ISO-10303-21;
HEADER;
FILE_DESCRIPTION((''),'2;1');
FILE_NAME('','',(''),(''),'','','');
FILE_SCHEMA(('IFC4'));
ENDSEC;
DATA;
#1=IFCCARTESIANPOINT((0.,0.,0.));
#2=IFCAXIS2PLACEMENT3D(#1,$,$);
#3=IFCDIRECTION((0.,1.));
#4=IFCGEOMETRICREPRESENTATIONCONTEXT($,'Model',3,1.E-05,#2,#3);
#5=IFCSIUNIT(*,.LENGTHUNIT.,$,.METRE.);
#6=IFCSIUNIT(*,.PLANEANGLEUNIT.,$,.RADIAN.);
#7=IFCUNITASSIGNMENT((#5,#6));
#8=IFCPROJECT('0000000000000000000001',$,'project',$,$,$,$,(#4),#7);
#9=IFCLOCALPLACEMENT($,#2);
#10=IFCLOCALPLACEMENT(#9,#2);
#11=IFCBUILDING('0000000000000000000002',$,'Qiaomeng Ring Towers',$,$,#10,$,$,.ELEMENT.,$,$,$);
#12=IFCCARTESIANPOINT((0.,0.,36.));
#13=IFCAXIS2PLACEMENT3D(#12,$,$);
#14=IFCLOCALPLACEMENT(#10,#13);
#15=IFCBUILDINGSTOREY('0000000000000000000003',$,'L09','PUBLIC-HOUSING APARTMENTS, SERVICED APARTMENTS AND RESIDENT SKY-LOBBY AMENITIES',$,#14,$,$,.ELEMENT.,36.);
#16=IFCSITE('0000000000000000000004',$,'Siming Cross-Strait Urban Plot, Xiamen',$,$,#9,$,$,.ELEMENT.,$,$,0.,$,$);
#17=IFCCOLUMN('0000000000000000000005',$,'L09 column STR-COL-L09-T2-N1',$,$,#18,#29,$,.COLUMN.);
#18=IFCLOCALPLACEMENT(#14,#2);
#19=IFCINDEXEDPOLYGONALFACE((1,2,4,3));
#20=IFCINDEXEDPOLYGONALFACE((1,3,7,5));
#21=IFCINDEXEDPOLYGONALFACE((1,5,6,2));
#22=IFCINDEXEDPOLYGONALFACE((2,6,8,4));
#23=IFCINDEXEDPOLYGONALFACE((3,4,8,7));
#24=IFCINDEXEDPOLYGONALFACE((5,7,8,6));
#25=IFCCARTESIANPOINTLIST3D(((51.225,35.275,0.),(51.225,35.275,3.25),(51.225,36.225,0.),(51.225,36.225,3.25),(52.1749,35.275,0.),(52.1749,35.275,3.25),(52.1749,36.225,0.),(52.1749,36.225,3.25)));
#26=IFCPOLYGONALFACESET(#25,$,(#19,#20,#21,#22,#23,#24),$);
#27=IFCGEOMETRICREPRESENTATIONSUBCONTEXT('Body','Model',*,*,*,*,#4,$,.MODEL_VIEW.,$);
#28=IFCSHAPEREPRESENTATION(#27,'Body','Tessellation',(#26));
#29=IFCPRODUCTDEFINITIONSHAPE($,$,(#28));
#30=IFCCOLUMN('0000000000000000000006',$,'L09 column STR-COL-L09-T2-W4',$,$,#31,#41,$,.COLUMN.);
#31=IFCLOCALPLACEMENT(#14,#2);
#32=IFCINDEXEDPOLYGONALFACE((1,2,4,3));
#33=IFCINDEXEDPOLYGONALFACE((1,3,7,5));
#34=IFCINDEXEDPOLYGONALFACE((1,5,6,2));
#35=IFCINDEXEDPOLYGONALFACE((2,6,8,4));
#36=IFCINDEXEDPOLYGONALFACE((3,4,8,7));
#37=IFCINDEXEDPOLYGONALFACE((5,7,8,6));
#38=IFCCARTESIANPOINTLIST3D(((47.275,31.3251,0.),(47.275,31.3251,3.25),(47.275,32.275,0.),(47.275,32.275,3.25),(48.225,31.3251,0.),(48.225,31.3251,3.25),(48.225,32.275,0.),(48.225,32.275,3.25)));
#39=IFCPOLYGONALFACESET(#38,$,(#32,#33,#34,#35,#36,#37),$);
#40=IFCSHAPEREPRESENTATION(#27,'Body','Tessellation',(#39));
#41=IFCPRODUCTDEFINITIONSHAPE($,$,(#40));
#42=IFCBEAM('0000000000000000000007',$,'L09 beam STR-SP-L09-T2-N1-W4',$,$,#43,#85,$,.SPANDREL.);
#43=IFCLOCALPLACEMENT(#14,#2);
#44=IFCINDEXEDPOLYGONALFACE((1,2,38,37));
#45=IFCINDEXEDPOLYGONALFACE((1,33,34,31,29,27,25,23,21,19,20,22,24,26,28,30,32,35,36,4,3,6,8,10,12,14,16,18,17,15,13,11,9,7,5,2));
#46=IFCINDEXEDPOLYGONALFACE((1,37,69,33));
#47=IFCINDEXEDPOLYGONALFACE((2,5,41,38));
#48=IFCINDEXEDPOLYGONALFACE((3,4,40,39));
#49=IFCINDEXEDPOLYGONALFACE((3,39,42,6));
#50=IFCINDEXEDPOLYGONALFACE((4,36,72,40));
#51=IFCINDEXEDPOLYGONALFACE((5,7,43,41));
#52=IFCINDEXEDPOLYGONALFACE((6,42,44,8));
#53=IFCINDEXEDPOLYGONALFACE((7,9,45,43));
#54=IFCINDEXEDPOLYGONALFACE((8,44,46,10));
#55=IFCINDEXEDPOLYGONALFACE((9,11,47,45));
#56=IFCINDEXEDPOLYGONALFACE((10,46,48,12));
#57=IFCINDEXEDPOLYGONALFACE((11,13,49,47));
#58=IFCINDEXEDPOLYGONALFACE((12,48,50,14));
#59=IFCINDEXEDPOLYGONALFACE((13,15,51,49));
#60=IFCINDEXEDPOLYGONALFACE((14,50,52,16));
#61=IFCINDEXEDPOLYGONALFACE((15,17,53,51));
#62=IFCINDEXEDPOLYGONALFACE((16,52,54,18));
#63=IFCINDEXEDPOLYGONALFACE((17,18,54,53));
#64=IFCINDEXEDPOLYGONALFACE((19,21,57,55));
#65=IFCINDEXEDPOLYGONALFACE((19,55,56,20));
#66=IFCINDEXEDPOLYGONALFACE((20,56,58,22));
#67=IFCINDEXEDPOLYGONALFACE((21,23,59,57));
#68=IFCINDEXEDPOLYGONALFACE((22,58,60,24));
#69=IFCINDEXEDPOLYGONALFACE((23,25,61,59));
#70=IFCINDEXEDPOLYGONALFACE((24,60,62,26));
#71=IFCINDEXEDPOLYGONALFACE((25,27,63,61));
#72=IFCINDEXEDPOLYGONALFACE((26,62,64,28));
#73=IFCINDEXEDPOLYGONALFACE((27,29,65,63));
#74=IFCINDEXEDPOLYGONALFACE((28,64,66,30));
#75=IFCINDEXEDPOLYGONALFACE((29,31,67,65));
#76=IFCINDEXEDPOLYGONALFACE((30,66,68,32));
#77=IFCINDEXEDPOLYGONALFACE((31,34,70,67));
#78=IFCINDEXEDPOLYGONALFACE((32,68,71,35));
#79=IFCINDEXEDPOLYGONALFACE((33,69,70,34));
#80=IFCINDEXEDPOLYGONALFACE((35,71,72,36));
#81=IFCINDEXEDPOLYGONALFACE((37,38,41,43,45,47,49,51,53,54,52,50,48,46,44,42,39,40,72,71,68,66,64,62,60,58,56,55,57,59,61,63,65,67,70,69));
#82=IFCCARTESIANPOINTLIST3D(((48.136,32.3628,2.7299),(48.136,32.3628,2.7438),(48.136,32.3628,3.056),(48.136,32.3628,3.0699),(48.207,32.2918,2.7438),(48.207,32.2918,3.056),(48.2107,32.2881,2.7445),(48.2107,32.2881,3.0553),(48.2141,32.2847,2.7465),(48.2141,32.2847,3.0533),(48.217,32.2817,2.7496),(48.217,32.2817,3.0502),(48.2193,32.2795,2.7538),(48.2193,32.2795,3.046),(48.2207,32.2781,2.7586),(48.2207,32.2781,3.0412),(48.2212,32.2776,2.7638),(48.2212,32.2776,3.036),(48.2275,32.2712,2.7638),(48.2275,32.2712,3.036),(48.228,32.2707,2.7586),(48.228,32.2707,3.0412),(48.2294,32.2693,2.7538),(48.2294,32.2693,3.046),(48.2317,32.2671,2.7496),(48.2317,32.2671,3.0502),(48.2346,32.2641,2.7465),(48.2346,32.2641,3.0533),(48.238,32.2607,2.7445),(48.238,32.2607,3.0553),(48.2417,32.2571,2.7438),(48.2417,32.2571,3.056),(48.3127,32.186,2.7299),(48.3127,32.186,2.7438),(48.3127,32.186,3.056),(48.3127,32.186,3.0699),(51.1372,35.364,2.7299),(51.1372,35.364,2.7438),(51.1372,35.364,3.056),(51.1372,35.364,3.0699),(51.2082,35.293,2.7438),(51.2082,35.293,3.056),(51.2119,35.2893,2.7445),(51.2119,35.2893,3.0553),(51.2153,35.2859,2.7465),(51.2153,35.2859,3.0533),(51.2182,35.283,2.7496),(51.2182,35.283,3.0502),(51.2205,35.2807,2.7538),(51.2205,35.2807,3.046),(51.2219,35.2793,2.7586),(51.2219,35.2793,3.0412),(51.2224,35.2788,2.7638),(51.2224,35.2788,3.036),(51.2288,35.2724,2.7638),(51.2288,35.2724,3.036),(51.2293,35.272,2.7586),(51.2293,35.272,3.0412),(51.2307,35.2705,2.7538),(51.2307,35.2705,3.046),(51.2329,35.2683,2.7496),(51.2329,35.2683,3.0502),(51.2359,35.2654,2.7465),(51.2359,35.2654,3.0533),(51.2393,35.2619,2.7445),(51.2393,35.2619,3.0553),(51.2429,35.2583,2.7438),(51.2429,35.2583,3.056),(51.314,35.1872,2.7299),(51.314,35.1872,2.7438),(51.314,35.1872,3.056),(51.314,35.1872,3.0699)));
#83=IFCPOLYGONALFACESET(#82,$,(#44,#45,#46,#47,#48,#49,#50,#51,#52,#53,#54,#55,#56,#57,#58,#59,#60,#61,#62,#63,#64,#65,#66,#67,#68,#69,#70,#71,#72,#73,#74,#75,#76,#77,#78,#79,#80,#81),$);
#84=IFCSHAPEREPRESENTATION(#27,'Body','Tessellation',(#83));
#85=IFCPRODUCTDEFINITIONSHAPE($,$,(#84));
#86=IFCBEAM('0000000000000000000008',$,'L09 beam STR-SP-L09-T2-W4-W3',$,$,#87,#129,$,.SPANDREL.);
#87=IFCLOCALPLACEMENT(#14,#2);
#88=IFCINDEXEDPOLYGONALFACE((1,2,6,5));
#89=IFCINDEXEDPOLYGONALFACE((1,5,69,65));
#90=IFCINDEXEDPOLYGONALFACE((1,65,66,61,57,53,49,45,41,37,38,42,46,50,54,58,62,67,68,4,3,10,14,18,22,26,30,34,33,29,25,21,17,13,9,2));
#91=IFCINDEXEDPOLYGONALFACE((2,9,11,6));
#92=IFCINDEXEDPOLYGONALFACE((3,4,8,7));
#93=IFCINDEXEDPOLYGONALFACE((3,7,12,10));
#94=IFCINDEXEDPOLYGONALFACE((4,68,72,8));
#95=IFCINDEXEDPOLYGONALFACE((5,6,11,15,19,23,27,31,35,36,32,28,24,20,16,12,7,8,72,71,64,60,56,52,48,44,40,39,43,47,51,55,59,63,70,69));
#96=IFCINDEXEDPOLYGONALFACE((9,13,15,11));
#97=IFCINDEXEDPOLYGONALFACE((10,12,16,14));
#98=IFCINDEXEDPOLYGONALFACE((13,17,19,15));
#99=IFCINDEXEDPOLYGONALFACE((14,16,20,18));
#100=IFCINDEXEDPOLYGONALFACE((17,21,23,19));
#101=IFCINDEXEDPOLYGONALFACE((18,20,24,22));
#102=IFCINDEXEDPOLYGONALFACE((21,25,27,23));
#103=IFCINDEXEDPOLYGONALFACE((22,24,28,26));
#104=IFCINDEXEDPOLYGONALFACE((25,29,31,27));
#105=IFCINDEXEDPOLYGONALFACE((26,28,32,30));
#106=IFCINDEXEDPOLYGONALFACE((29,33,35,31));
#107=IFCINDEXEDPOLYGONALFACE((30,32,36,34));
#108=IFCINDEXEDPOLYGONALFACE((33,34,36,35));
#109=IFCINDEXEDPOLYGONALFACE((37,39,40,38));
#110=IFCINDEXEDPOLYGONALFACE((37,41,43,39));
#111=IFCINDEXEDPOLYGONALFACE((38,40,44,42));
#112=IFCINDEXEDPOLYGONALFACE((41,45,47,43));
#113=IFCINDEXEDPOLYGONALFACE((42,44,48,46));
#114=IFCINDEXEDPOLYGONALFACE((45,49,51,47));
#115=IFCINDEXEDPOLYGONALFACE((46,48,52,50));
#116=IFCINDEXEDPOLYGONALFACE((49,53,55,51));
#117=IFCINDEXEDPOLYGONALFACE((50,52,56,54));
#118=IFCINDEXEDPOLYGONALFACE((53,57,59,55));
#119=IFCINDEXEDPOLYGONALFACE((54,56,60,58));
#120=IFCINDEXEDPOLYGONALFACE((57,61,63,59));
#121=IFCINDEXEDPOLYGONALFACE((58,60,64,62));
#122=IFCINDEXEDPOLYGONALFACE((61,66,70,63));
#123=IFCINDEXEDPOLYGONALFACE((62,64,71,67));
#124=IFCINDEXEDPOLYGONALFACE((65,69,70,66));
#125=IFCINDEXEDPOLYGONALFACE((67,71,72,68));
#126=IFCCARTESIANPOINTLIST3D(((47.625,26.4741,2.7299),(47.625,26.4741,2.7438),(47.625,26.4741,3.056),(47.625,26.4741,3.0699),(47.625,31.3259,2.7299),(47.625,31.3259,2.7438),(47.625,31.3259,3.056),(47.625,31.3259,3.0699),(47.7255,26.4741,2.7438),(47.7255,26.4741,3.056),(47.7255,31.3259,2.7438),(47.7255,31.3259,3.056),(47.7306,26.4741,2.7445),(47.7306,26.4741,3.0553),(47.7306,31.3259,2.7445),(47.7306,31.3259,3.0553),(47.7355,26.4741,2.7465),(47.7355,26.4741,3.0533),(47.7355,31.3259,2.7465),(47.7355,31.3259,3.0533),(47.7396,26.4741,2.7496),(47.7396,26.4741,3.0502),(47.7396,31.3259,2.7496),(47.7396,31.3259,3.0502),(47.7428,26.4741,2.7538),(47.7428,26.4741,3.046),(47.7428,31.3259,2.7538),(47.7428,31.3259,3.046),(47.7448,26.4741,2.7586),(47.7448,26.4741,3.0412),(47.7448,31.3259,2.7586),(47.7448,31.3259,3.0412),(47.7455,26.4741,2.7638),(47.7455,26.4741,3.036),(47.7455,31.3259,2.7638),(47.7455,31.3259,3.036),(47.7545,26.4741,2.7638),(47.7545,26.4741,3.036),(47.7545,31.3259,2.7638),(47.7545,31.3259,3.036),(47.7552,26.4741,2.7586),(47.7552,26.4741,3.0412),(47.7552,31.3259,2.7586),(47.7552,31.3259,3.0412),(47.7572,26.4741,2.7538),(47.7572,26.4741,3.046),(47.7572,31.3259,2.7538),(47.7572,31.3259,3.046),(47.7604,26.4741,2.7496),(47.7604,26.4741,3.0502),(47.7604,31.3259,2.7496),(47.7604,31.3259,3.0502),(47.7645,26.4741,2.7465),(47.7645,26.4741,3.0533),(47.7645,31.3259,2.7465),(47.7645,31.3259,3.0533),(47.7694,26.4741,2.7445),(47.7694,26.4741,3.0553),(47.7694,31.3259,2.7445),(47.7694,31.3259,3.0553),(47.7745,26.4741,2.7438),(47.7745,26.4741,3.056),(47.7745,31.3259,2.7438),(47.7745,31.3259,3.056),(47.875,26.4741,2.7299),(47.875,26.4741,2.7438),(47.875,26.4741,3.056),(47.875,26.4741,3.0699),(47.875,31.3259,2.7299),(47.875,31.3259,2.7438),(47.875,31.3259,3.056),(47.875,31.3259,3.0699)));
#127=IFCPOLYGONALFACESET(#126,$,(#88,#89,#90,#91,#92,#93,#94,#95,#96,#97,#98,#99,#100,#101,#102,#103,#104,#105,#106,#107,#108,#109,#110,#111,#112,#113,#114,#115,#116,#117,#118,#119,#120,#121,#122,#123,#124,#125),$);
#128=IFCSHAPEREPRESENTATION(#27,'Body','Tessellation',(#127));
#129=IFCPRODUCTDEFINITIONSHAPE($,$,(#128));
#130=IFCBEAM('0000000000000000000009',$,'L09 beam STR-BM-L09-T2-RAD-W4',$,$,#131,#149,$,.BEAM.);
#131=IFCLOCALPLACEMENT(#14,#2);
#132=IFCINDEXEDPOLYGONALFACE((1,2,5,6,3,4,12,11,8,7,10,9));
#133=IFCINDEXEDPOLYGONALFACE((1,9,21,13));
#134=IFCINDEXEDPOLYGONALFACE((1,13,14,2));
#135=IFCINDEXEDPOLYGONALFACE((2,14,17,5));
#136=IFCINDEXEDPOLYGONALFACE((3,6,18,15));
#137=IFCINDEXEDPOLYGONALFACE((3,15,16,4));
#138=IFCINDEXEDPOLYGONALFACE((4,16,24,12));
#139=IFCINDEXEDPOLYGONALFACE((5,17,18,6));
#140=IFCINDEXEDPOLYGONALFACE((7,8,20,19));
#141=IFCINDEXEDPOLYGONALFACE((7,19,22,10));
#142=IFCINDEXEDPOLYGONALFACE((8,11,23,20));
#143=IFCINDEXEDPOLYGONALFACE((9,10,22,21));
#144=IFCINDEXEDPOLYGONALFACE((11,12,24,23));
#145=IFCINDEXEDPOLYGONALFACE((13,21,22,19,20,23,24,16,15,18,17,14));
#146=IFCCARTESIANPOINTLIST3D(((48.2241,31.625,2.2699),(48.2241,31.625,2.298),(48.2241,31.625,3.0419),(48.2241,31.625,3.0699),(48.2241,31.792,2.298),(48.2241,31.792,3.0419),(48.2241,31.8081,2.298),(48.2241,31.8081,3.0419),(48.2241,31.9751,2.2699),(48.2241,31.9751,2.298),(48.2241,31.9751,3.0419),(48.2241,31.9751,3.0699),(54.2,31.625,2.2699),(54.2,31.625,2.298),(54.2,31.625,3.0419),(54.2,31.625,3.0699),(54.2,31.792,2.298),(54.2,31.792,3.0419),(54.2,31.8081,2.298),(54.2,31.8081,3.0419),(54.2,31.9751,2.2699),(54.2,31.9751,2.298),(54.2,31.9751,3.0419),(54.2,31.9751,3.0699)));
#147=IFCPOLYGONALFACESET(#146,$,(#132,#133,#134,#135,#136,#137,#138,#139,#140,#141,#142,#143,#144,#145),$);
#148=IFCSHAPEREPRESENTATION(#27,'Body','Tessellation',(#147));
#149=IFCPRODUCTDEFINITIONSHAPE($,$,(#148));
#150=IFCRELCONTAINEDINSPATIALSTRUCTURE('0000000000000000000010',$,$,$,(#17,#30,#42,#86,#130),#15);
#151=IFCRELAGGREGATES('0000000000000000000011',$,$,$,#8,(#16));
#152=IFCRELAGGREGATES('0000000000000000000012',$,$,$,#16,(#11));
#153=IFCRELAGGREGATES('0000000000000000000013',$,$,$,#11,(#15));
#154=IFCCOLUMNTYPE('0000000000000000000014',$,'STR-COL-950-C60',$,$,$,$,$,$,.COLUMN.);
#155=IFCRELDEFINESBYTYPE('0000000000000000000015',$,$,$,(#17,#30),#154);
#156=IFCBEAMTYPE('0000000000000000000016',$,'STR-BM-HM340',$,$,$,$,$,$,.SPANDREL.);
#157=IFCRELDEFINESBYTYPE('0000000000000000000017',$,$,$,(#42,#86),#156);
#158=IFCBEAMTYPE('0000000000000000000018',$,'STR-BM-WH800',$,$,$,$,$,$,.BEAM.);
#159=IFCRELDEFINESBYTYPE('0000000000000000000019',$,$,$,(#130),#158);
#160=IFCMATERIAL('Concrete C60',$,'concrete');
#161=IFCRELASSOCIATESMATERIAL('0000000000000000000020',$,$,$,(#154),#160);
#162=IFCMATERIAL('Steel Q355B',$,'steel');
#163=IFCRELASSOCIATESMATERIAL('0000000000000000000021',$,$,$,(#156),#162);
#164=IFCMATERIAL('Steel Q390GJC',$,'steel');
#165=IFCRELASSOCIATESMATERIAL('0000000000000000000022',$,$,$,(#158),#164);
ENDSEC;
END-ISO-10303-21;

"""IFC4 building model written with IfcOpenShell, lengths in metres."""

from ifc_helpers import new_model, si_unit, direction, frame, origin, origin_2d, place, context, subcontext, project, spatial, rectangle, i_section, extrude, source, transform, mapped, material, material_profile, profile_set, type_object, element, save


model = new_model("IFC4")

# Units and contexts
model_context = context("Model", 3, precision=1e-05, world=origin(), true_north=direction((0.0, 1.0)))
body_context = subcontext(model_context, "Body", "Model", "MODEL_VIEW")
ifc_project = project(units=[si_unit("LENGTHUNIT", "METRE"), si_unit("PLANEANGLEUNIT", "RADIAN")], contexts=[model_context])

# Site, building, storey
site_placement = place(None, origin())
site = spatial("IfcSite", under=ifc_project, at=site_placement, Name="Siming Cross-Strait Urban Plot, Xiamen", CompositionType="ELEMENT", RefElevation=0.0)
building_placement = place(site_placement, origin())
building = spatial("IfcBuilding", under=site, at=building_placement, Name="Qiaomeng Ring Towers", CompositionType="ELEMENT")
storey_placement = place(building_placement, frame((0.0, 0.0, 36.0)))
storey = spatial("IfcBuildingStorey", under=building, at=storey_placement, Name="L09", Description="PUBLIC-HOUSING APARTMENTS, SERVICED APARTMENTS AND RESIDENT SKY-LOBBY AMENITIES", CompositionType="ELEMENT", Elevation=36.0)

# Columns
ifc_material_1 = material(Name="Concrete C60", Category="concrete")
ifc_material_profile_1 = material_profile(ifc_material_1, rectangle(XDim=0.95, YDim=0.95, at=origin_2d()), Name="RC COL 950x950")
ifc_profile_set_1 = profile_set([ifc_material_profile_1], Name="Concrete C60")
column_type = type_object("IfcColumnType", Name="STR-COL-950-C60", PredefinedType="COLUMN", material=ifc_profile_set_1)
shared_shape_1 = source(origin(), body_context, "Body", "SweptSolid", [
    extrude(rectangle(XDim=0.95, YDim=0.95, at=origin_2d()), origin(), (0.0, 0.0, 1.0), 3.25),
])
for number, where, z_axis, x_axis, name in (
    (1, (51.7, 35.75, 0.0), (0.0, 0.0, 1.0), (1.0, 0.0, 0.0), "L09 column STR-COL-L09-T2-N1"),
    (2, (47.75, 31.8, 0.0), (0.0, 0.0, 1.0), (1.0, 0.0, 0.0), "L09 column STR-COL-L09-T2-W4"),
):
    element("IfcColumn", number, at=place(storey_placement, frame(where, z_axis=z_axis, x_axis=x_axis)), inside=storey, type_object=column_type, Name=name, PredefinedType="COLUMN", context=body_context, shape_type="MappedRepresentation", body=[
        mapped(shared_shape_1, transform((0.0, 0.0, 0.0), x_axis=(1.0, 0.0, 0.0), y_axis=(0.0, 1.0, 0.0), z_axis=(0.0, 0.0, 1.0), scale=1.0)),
    ])

# Beams
ifc_material_2 = material(Name="Steel Q355B", Category="steel")
ifc_material_profile_2 = material_profile(ifc_material_2, i_section(OverallWidth=0.25, OverallDepth=0.3401, WebThickness=0.009, FlangeThickness=0.0139, FilletRadius=0.02, at=origin_2d()), Name="HM 340x250x9x14")
ifc_profile_set_2 = profile_set([ifc_material_profile_2], Name="Steel Q355B")
beam_type_1 = type_object("IfcBeamType", Name="STR-BM-HM340", PredefinedType="SPANDREL", material=ifc_profile_set_2)
shared_shape_2 = source(origin(), body_context, "Body", "SweptSolid", [
    extrude(i_section(OverallWidth=0.25, OverallDepth=0.3401, WebThickness=0.009, FlangeThickness=0.0139, FilletRadius=0.02, at=origin_2d()), origin(), (0.0, 0.0, 1.0), 4.2444),
])
beam_1_placement = place(storey_placement, frame((51.2256, 35.2756, 2.8999), z_axis=(-0.707107, -0.707107, 0.0), x_axis=(0.707107, -0.707107, 0.0)))
element("IfcBeam", 3, at=beam_1_placement, inside=storey, type_object=beam_type_1, Name="L09 beam STR-SP-L09-T2-N1-W4", PredefinedType="SPANDREL", context=body_context, shape_type="MappedRepresentation", body=[
    mapped(shared_shape_2, transform((0.0, 0.0, 0.0), x_axis=(1.0, 0.0, 0.0), y_axis=(0.0, 1.0, 0.0), z_axis=(0.0, 0.0, 1.0), scale=1.0)),
])
shared_shape_3 = source(origin(), body_context, "Body", "SweptSolid", [
    extrude(i_section(OverallWidth=0.25, OverallDepth=0.3401, WebThickness=0.009, FlangeThickness=0.0139, FilletRadius=0.02, at=origin_2d()), origin(), (0.0, 0.0, 1.0), 4.8518),
])
beam_2_placement = place(storey_placement, frame((47.75, 31.3259, 2.8999), z_axis=(0.0, -1.0, 0.0), x_axis=(1.0, 0.0, 0.0)))
element("IfcBeam", 4, at=beam_2_placement, inside=storey, type_object=beam_type_1, Name="L09 beam STR-SP-L09-T2-W4-W3", PredefinedType="SPANDREL", context=body_context, shape_type="MappedRepresentation", body=[
    mapped(shared_shape_3, transform((0.0, 0.0, 0.0), x_axis=(1.0, 0.0, 0.0), y_axis=(0.0, 1.0, 0.0), z_axis=(0.0, 0.0, 1.0), scale=1.0)),
])
ifc_material_3 = material(Name="Steel Q390GJC", Category="steel")
ifc_material_profile_3 = material_profile(ifc_material_3, i_section(OverallWidth=0.3501, OverallDepth=0.8, WebThickness=0.0161, FlangeThickness=0.0281, at=origin_2d()), Name="WH 800x350x16x28")
ifc_profile_set_3 = profile_set([ifc_material_profile_3], Name="Steel Q390GJC")
beam_type_2 = type_object("IfcBeamType", Name="STR-BM-WH800", PredefinedType="BEAM", material=ifc_profile_set_3)
shared_shape_4 = source(origin(), body_context, "Body", "SweptSolid", [
    extrude(i_section(OverallWidth=0.3501, OverallDepth=0.8, WebThickness=0.0161, FlangeThickness=0.0281, at=origin_2d()), origin(), (0.0, 0.0, 1.0), 5.9758),
])
beam_3_placement = place(storey_placement, frame((48.2241, 31.8, 2.6699), z_axis=(1.0, 0.0, 0.0), x_axis=(0.0, 1.0, 0.0)))
element("IfcBeam", 5, at=beam_3_placement, inside=storey, type_object=beam_type_2, Name="L09 beam STR-BM-L09-T2-RAD-W4", PredefinedType="BEAM", context=body_context, shape_type="MappedRepresentation", body=[
    mapped(shared_shape_4, transform((0.0, 0.0, 0.0), x_axis=(1.0, 0.0, 0.0), y_axis=(0.0, 1.0, 0.0), z_axis=(0.0, 0.0, 1.0), scale=1.0)),
])

save(model, "model.ifc")
